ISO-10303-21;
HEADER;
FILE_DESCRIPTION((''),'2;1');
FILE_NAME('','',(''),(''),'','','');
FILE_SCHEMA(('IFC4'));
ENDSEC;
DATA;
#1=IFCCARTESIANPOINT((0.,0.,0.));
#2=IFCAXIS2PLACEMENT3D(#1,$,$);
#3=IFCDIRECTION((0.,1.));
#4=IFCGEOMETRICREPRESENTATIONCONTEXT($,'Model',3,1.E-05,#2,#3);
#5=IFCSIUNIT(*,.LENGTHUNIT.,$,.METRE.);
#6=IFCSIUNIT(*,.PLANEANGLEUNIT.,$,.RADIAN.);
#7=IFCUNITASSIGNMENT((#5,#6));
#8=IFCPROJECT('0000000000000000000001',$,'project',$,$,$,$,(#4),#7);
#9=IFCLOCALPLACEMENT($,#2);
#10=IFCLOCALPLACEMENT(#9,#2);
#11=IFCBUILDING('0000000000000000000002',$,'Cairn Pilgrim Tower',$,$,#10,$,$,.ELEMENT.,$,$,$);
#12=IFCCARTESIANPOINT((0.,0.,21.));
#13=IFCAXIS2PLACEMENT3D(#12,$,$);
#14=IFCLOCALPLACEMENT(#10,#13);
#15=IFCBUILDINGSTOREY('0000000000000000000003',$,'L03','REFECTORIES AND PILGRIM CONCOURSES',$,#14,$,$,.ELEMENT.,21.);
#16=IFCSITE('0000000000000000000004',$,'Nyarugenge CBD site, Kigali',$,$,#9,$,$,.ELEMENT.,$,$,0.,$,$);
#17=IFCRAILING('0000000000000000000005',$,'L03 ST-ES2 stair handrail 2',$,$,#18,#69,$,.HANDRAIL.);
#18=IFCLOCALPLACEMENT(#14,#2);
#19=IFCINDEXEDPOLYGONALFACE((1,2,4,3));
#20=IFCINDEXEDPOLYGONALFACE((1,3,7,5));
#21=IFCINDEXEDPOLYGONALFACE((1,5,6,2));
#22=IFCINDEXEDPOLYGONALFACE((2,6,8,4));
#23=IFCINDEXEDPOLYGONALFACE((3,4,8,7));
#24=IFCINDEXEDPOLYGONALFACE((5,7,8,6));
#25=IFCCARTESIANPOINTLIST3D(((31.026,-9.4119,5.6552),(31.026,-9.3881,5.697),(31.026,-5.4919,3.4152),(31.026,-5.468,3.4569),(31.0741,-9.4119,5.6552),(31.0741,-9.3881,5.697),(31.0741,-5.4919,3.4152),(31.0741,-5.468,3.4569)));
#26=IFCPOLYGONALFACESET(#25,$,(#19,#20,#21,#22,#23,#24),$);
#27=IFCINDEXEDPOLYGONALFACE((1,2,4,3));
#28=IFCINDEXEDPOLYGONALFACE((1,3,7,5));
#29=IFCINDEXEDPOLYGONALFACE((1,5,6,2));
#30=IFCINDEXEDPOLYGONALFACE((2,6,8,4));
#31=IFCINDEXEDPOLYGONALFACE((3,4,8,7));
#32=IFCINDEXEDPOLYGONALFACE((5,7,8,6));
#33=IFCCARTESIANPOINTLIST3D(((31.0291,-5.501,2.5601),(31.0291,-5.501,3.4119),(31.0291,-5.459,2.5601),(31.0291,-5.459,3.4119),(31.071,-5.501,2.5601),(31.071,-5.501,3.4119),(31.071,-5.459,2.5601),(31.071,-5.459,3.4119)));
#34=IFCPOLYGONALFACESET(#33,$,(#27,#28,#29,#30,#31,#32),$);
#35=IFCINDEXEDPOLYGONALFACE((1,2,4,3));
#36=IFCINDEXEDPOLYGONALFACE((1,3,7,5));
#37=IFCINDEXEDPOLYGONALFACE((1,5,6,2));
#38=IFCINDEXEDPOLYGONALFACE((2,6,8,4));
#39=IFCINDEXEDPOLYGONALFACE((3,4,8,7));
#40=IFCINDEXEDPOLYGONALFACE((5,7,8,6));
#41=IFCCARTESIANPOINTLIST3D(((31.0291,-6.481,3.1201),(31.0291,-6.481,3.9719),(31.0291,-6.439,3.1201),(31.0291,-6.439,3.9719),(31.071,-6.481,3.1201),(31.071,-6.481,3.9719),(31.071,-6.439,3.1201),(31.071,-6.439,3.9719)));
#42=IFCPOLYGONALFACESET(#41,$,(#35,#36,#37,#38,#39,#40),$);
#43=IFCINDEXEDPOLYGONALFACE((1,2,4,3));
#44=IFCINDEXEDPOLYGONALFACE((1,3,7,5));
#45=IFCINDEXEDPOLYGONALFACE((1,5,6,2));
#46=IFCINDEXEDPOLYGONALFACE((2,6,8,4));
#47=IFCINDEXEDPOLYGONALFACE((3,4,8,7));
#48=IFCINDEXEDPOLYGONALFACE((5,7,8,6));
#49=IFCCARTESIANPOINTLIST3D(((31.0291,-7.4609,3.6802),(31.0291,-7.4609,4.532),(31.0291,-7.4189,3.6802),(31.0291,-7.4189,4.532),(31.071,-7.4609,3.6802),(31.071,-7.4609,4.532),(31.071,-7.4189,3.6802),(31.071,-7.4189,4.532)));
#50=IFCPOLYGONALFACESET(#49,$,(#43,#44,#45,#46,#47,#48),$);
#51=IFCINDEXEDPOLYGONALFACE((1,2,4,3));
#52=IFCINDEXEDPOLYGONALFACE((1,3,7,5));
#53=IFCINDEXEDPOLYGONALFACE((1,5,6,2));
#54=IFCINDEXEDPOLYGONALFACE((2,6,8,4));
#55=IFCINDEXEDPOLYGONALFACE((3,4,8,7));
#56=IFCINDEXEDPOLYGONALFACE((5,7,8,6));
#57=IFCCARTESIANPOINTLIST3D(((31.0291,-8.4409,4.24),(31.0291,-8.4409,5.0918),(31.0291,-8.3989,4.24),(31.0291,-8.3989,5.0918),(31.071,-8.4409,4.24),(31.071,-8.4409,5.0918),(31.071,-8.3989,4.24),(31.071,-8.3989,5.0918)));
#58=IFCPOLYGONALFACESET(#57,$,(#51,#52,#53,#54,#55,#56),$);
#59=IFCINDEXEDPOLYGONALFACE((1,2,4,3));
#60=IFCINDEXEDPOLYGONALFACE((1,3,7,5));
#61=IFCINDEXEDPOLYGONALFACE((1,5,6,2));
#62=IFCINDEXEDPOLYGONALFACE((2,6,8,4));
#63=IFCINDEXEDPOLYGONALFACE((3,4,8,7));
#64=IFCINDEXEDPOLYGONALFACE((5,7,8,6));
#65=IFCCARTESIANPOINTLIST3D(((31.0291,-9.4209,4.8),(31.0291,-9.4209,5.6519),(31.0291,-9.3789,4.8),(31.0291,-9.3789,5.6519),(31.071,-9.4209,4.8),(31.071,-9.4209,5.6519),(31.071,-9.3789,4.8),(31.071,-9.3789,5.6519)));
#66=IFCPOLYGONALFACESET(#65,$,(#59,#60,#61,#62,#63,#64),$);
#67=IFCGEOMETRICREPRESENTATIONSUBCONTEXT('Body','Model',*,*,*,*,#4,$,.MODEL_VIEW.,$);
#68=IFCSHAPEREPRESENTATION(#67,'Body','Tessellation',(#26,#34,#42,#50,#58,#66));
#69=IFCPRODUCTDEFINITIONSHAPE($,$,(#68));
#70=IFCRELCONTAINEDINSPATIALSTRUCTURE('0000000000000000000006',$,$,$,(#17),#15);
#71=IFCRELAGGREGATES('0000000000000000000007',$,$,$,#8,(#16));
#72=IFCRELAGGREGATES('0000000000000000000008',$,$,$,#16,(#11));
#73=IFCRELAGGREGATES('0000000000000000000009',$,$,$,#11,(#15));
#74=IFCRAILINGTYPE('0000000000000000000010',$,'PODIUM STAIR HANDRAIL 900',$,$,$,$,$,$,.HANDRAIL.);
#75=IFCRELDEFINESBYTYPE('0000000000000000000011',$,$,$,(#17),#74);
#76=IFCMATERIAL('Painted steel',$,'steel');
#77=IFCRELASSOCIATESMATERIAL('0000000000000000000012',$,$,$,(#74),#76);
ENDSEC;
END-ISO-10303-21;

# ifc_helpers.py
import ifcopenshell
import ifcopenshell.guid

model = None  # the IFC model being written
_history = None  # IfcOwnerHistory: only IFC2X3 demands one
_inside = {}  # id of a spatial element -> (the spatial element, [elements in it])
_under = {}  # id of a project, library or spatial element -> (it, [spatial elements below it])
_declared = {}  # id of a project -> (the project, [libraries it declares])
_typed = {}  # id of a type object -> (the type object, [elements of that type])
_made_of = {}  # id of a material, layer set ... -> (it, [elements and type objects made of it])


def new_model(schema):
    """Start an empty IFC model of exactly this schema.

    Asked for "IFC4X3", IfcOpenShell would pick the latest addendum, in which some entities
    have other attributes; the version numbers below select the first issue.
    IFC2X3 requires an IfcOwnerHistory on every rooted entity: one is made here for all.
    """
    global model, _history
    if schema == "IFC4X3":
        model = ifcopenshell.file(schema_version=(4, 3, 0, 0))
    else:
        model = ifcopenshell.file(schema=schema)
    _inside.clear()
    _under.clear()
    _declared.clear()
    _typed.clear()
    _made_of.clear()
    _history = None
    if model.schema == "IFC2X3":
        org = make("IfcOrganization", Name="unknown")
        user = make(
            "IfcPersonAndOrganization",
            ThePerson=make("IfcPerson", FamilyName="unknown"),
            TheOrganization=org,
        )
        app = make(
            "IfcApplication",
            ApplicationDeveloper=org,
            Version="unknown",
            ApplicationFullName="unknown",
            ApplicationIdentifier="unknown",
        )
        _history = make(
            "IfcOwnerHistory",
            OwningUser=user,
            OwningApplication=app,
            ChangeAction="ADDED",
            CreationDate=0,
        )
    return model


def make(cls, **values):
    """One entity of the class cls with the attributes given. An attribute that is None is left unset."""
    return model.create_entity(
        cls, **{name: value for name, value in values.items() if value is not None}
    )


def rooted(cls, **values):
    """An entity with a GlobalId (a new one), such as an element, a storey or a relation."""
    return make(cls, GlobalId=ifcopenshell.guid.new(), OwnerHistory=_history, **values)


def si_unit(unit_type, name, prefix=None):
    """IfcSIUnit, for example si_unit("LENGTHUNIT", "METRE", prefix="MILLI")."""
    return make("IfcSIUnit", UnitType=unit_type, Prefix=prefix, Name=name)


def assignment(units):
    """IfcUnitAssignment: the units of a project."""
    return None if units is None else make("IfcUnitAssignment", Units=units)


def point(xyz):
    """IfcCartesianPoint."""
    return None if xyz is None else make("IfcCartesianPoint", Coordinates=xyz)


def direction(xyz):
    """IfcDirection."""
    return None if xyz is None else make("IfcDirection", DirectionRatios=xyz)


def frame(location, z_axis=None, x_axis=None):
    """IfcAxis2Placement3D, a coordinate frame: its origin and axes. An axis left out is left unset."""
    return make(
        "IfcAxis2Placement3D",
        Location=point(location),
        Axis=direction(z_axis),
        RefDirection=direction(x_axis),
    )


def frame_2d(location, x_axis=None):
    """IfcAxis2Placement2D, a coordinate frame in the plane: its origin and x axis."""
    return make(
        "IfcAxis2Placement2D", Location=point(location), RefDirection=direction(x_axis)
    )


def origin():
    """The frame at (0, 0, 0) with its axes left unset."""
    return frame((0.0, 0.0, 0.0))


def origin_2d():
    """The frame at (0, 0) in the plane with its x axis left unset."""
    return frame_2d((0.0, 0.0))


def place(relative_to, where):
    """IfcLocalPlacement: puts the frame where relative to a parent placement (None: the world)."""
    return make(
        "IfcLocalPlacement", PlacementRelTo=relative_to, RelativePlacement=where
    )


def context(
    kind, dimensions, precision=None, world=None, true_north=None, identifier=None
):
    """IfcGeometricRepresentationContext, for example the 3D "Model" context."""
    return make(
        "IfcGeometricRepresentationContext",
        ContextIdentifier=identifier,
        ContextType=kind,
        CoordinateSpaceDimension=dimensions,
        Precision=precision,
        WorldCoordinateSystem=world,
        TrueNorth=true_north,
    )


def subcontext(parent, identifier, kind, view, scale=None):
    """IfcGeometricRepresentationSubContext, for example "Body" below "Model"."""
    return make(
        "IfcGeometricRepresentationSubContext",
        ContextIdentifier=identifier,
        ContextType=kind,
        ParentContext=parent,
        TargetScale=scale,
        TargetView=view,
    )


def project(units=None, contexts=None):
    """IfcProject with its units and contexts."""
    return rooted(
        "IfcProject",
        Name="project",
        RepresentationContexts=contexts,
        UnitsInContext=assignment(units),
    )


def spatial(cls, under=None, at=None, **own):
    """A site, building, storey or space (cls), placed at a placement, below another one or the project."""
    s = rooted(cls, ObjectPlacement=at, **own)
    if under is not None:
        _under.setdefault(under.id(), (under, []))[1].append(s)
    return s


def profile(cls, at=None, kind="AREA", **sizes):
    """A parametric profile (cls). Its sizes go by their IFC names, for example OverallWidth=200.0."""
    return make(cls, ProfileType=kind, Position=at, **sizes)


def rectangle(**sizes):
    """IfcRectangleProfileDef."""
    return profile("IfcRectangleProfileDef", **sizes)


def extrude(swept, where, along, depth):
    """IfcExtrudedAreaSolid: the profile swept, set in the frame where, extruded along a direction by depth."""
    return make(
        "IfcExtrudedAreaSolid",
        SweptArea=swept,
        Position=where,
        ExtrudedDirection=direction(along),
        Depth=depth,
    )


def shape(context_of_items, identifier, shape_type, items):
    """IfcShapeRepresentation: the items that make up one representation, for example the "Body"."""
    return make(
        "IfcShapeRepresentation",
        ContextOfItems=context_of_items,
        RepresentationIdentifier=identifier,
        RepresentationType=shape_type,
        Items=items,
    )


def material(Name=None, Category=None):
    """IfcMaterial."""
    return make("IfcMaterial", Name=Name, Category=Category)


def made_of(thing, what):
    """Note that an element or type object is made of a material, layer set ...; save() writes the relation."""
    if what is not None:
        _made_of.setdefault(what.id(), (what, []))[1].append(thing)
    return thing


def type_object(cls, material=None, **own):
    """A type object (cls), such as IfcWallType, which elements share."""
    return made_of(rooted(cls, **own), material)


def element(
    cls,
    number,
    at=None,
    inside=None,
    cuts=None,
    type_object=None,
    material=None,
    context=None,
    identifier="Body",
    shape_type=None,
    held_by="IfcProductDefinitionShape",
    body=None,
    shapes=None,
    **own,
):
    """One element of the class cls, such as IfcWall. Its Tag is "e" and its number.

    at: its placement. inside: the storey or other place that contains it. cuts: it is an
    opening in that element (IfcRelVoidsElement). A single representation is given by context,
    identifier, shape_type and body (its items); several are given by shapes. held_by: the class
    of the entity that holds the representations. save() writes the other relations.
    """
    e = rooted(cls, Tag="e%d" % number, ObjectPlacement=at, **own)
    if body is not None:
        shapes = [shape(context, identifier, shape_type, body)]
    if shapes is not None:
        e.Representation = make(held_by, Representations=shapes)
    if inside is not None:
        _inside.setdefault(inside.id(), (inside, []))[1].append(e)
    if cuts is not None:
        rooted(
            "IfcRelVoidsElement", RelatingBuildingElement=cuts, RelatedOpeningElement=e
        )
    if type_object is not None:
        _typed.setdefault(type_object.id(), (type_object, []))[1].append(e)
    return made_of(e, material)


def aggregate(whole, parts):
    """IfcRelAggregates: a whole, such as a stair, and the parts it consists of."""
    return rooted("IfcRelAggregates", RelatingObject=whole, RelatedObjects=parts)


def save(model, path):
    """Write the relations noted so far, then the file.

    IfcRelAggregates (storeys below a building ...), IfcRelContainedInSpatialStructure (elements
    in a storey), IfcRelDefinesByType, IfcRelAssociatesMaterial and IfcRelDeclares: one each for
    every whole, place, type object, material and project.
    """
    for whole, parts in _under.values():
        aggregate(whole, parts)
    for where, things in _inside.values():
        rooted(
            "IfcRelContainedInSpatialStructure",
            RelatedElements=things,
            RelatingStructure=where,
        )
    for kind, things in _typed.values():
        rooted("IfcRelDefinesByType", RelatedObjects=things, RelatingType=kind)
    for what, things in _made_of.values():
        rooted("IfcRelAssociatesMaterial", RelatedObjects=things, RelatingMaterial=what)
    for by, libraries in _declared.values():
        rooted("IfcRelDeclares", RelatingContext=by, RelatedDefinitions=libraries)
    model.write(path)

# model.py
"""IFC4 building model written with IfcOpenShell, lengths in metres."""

from ifc_helpers import new_model, si_unit, direction, frame, origin, origin_2d, place, context, subcontext, project, spatial, rectangle, extrude, material, type_object, element, save


model = new_model("IFC4")

# Units and contexts
model_context = context("Model", 3, precision=1e-05, world=origin(), true_north=direction((0.0, 1.0)))
body_context = subcontext(model_context, "Body", "Model", "MODEL_VIEW")
ifc_project = project(units=[si_unit("LENGTHUNIT", "METRE"), si_unit("PLANEANGLEUNIT", "RADIAN")], contexts=[model_context])

# Site, building, storey
site_placement = place(None, origin())
site = spatial("IfcSite", under=ifc_project, at=site_placement, Name="Nyarugenge CBD site, Kigali", CompositionType="ELEMENT", RefElevation=0.0)
building_placement = place(site_placement, origin())
building = spatial("IfcBuilding", under=site, at=building_placement, Name="Cairn Pilgrim Tower", CompositionType="ELEMENT")
storey_placement = place(building_placement, frame((0.0, 0.0, 21.0)))
storey = spatial("IfcBuildingStorey", under=building, at=storey_placement, Name="L03", Description="REFECTORIES AND PILGRIM CONCOURSES", CompositionType="ELEMENT", Elevation=21.0)

# Railing
ifc_material_1 = material(Name="Painted steel", Category="steel")
railing_type_1 = type_object("IfcRailingType", Name="PODIUM STAIR HANDRAIL 900", PredefinedType="HANDRAIL", material=ifc_material_1)
railing_1_placement = place(storey_placement, frame((31.05, -5.48, 2.5601)))
element("IfcRailing", 1, at=railing_1_placement, inside=storey, type_object=railing_type_1, Name="L03 ST-ES2 stair handrail 2", PredefinedType="HANDRAIL", context=body_context, shape_type="SweptSolid", body=[
    extrude(rectangle(XDim=0.0481, YDim=0.0481, at=origin_2d()), frame((0.0, 0.0, 0.876), z_axis=(0.0, -0.86824, 0.496145), x_axis=(1.0, 0.0, 0.0)), (0.0, 0.0, 1.0), 4.5149),
    extrude(rectangle(XDim=0.042, YDim=0.042, at=origin_2d()), origin(), (0.0, 0.0, 1.0), 0.8518),
    extrude(rectangle(XDim=0.042, YDim=0.042, at=origin_2d()), frame((0.0, -0.98, 0.5601)), (0.0, 0.0, 1.0), 0.8518),
    extrude(rectangle(XDim=0.042, YDim=0.042, at=origin_2d()), frame((0.0, -1.96, 1.1201)), (0.0, 0.0, 1.0), 0.8518),
    extrude(rectangle(XDim=0.042, YDim=0.042, at=origin_2d()), frame((0.0, -2.9399, 1.6799)), (0.0, 0.0, 1.0), 0.8518),
    extrude(rectangle(XDim=0.042, YDim=0.042, at=origin_2d()), frame((0.0, -3.9199, 2.24)), (0.0, 0.0, 1.0), 0.8518),
])

save(model, "model.ifc")
